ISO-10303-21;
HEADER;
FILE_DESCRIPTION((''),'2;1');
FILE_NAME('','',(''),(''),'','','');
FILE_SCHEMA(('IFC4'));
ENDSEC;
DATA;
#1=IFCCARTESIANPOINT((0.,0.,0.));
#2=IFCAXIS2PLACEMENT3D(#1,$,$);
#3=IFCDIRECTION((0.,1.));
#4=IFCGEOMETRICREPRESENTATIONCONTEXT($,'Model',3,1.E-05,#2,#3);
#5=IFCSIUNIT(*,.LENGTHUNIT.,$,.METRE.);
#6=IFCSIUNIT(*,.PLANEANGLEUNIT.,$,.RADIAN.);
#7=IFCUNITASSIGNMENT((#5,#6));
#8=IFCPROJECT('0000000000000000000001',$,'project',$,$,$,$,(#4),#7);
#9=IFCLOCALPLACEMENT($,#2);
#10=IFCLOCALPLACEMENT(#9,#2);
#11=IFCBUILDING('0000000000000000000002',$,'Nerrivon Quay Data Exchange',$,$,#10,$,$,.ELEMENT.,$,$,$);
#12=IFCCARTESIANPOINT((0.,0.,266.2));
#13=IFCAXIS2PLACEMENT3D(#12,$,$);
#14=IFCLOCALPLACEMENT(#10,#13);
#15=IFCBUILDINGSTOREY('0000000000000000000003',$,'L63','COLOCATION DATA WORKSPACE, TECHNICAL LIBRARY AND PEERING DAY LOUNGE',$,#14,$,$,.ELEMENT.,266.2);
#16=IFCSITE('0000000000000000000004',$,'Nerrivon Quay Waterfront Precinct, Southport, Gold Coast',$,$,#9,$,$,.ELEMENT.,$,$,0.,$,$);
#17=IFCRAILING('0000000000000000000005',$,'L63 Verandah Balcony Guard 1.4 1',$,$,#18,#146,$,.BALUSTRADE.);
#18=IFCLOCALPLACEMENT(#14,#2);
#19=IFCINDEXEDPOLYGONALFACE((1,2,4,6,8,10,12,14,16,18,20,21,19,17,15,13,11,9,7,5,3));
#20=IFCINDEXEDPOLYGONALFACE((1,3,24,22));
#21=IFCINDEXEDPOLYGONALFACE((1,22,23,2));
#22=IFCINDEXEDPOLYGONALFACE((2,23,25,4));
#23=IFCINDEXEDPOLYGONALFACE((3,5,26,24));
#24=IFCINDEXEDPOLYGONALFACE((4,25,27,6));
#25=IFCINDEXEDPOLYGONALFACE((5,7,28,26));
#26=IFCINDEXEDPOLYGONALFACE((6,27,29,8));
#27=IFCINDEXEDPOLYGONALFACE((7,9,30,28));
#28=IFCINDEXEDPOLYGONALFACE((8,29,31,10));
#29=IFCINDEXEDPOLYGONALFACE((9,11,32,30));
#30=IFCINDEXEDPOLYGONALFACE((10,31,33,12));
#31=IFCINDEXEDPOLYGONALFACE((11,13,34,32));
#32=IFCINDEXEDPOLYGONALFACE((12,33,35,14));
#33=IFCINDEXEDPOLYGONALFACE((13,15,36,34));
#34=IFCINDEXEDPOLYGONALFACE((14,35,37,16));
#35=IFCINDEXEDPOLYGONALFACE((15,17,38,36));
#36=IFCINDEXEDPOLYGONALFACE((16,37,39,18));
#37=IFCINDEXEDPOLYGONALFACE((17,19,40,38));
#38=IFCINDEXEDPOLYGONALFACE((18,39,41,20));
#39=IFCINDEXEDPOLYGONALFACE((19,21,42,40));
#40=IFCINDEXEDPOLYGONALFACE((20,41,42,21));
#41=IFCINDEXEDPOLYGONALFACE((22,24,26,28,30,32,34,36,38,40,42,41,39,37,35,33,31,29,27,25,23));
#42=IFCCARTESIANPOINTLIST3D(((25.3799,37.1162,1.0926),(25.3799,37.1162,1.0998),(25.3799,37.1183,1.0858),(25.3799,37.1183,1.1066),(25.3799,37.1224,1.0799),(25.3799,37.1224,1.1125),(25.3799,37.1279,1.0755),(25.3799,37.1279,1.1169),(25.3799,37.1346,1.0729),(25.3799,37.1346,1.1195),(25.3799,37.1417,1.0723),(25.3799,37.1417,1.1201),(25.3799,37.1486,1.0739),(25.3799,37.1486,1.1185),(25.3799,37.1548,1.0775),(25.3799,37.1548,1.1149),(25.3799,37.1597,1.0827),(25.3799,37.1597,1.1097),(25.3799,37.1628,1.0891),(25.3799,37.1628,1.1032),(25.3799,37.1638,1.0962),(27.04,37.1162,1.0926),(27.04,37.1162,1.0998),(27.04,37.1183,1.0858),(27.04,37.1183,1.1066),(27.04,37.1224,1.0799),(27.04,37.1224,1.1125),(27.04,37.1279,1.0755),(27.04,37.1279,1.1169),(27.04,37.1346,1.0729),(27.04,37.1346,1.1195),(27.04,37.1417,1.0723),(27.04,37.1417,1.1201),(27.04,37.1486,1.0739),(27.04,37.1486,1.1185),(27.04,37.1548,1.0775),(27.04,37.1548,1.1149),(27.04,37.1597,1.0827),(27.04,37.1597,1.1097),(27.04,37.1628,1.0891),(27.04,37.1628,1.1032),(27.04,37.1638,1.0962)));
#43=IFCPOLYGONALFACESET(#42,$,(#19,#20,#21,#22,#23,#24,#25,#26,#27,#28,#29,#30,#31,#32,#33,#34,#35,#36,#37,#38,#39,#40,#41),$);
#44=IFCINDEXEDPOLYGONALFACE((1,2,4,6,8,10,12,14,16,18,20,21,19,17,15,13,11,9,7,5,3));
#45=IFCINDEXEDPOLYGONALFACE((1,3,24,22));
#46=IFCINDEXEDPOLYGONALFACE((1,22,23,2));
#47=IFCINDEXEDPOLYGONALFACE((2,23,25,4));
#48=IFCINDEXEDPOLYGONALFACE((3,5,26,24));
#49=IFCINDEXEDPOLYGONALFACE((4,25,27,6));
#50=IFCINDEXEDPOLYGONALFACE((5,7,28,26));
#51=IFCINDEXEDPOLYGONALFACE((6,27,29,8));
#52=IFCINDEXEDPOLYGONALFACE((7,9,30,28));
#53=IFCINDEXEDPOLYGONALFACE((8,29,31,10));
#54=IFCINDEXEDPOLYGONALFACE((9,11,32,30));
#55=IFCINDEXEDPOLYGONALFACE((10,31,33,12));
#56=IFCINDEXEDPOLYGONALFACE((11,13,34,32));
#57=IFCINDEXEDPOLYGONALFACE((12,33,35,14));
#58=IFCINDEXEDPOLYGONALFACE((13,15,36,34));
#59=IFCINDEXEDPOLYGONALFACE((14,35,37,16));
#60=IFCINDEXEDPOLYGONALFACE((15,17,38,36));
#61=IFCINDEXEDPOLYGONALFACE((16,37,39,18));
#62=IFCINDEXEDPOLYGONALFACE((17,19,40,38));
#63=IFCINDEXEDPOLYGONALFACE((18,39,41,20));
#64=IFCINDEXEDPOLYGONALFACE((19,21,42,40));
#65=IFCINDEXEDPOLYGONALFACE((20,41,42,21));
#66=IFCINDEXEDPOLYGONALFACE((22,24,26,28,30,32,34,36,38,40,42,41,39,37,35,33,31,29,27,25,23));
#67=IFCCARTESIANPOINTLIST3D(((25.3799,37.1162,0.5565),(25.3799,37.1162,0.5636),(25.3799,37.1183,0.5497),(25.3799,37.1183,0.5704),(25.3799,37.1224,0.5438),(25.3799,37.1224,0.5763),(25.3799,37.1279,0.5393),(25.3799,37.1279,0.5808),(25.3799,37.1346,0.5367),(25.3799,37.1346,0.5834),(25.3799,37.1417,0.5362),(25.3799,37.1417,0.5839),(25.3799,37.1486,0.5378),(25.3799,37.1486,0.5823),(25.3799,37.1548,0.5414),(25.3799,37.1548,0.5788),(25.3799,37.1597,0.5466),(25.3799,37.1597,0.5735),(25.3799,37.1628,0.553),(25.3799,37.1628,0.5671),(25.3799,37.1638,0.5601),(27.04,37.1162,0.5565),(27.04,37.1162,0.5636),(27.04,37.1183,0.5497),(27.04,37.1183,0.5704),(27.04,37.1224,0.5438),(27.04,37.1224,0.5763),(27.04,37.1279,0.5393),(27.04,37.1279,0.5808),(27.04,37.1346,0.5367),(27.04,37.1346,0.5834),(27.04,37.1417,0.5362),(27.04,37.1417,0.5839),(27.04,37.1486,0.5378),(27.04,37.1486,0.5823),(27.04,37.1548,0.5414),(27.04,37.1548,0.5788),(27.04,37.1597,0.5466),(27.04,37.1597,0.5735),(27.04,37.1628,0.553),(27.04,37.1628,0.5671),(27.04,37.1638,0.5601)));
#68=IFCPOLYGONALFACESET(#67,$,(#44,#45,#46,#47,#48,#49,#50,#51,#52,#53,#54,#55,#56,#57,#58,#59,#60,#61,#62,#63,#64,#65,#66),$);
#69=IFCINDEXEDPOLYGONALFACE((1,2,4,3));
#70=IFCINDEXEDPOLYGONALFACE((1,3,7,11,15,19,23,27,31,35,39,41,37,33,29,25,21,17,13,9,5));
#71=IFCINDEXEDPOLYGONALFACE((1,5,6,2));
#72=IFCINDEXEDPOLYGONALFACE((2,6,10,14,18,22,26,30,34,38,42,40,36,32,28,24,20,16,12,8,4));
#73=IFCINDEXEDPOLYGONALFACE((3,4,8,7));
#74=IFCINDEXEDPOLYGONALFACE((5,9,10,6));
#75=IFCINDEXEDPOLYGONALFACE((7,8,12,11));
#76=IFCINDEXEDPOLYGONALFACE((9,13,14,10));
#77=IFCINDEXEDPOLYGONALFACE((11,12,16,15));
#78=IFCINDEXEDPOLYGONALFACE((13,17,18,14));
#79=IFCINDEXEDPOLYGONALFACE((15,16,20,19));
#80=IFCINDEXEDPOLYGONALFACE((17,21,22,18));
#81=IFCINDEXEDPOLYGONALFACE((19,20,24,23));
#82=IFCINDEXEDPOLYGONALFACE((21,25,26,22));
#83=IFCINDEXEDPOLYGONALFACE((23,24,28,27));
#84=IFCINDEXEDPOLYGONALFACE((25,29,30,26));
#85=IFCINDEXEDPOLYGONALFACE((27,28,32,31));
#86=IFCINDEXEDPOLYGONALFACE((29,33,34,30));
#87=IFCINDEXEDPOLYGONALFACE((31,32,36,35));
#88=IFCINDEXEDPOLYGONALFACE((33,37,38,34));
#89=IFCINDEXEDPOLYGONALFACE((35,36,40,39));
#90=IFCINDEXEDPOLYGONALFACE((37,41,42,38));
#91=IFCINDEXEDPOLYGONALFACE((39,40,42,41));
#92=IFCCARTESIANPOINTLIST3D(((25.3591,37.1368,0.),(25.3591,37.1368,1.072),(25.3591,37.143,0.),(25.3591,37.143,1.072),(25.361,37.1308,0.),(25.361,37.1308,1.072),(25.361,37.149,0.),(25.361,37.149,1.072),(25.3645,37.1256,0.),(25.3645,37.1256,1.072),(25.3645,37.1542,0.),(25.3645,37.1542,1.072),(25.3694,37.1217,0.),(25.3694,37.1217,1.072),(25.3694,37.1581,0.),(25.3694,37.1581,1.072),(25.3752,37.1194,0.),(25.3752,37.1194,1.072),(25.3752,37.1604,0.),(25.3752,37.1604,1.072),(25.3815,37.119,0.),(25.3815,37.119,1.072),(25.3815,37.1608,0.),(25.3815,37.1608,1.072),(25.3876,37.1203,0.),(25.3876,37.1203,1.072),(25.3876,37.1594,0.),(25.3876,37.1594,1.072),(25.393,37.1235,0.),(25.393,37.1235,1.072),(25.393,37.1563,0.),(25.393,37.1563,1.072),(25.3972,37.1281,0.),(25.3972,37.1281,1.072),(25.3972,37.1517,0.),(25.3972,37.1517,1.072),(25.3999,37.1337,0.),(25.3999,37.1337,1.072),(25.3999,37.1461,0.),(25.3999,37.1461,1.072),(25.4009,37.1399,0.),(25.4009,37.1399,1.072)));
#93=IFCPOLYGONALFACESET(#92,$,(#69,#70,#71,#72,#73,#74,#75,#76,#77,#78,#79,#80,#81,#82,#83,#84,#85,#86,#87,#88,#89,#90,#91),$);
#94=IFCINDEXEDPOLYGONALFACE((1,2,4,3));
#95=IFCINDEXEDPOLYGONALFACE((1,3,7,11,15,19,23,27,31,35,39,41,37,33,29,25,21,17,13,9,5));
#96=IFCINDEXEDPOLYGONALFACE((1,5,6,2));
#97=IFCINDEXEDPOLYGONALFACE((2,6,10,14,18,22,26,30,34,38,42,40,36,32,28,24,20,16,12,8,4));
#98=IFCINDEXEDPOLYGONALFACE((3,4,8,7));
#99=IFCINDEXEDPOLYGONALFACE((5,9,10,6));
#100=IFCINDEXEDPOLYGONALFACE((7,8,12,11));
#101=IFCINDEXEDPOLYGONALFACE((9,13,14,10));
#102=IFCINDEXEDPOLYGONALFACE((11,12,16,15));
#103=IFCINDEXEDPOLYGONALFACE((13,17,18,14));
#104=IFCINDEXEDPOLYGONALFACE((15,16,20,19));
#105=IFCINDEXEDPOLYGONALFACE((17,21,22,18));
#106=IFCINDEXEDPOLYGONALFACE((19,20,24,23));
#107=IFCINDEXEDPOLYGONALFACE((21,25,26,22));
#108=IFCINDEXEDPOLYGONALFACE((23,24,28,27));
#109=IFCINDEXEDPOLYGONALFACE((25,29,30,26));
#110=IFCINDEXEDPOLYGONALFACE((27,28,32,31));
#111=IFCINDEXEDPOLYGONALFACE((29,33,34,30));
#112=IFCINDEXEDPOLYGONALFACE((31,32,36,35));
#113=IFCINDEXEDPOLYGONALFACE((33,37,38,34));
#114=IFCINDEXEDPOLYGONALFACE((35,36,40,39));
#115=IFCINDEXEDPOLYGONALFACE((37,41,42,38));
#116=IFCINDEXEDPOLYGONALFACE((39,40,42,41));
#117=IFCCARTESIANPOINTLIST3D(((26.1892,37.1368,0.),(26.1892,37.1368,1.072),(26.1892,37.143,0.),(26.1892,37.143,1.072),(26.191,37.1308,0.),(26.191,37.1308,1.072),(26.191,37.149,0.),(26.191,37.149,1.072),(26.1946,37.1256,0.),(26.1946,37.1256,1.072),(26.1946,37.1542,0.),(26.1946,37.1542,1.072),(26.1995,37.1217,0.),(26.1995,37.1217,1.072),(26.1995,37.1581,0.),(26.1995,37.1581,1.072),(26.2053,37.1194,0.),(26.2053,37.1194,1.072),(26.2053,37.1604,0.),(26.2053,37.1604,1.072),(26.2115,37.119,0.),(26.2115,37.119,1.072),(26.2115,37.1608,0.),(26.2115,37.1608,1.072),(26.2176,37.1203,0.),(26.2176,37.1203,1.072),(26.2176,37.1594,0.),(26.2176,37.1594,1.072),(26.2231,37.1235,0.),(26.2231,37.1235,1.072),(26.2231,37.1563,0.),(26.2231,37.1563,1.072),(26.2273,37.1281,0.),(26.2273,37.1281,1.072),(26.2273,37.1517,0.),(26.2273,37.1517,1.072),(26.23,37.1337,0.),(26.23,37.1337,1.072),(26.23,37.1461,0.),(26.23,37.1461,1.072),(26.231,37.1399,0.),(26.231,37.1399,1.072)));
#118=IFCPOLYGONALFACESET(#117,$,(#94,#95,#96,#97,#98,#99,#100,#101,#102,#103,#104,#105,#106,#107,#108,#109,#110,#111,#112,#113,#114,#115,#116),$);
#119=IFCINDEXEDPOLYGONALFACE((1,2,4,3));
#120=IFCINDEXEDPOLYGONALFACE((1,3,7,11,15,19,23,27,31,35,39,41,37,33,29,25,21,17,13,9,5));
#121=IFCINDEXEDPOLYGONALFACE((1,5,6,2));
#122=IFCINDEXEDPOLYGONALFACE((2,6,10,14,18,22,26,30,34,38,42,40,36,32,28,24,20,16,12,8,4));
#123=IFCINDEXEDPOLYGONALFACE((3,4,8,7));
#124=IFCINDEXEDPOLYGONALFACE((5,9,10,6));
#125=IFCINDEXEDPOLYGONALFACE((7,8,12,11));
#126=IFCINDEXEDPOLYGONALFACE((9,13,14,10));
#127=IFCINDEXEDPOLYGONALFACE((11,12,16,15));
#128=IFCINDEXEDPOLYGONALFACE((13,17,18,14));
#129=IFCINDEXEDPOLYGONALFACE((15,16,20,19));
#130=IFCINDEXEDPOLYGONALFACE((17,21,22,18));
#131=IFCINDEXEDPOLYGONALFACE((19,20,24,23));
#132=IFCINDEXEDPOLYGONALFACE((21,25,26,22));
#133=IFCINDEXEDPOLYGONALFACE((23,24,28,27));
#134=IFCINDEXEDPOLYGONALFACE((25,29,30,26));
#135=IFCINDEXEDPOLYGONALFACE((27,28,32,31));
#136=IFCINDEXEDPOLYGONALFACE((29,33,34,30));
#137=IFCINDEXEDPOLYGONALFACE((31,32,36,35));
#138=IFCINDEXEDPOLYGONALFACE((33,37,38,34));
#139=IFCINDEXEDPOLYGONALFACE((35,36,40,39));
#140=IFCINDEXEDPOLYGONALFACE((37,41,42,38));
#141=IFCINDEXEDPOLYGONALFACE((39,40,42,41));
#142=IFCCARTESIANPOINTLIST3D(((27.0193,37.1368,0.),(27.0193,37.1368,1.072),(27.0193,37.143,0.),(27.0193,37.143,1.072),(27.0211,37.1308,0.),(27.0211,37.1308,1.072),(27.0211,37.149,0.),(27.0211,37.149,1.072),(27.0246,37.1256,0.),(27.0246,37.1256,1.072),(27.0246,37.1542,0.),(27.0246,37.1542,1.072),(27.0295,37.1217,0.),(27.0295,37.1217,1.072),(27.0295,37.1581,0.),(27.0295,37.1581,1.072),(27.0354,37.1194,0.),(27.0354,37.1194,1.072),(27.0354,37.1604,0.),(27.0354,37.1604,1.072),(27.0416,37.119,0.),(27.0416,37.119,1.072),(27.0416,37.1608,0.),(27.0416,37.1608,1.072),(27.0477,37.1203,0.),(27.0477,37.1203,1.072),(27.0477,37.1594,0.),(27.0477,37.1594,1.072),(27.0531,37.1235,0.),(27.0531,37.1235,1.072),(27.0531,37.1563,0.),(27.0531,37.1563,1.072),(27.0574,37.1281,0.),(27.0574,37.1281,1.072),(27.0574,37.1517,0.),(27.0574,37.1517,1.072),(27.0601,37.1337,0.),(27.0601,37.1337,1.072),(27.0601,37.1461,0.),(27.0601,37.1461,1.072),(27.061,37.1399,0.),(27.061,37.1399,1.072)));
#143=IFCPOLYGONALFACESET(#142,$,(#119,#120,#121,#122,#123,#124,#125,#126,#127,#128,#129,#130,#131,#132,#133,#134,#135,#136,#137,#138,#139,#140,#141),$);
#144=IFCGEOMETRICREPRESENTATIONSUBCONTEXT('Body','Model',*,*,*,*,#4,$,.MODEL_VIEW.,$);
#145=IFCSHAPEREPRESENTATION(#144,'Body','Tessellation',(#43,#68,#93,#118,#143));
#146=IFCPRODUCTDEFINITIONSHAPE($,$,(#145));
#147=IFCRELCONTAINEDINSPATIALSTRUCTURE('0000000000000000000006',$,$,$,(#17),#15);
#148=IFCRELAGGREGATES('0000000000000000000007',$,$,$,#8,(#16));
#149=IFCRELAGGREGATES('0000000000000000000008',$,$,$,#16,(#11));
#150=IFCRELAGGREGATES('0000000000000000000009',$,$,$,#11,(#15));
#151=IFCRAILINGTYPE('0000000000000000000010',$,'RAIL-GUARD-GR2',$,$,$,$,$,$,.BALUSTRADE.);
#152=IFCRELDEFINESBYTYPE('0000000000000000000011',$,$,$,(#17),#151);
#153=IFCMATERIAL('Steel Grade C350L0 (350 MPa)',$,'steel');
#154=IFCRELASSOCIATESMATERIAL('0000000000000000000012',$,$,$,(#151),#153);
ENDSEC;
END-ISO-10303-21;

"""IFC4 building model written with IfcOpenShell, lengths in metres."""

from ifc_helpers import new_model, si_unit, direction, frame, origin, origin_2d, place, context, subcontext, project, spatial, circle, extrude, material, type_object, element, save


model = new_model("IFC4")

# Units and contexts
model_context = context("Model", 3, precision=1e-05, world=origin(), true_north=direction((0.0, 1.0)))
body_context = subcontext(model_context, "Body", "Model", "MODEL_VIEW")
ifc_project = project(units=[si_unit("LENGTHUNIT", "METRE"), si_unit("PLANEANGLEUNIT", "RADIAN")], contexts=[model_context])

# Site, building, storey
site_placement = place(None, origin())
site = spatial("IfcSite", under=ifc_project, at=site_placement, Name="Nerrivon Quay Waterfront Precinct, Southport, Gold Coast", CompositionType="ELEMENT", RefElevation=0.0)
building_placement = place(site_placement, origin())
building = spatial("IfcBuilding", under=site, at=building_placement, Name="Nerrivon Quay Data Exchange", CompositionType="ELEMENT")
storey_placement = place(building_placement, frame((0.0, 0.0, 266.2)))
storey = spatial("IfcBuildingStorey", under=building, at=storey_placement, Name="L63", Description="COLOCATION DATA WORKSPACE, TECHNICAL LIBRARY AND PEERING DAY LOUNGE", CompositionType="ELEMENT", Elevation=266.2)

# Shared definitions
ifc_material_1 = material(Name="Steel Grade C350L0 (350 MPa)", Category="steel")

# Railing
railing_type = type_object("IfcRailingType", Name="RAIL-GUARD-GR2", PredefinedType="BALUSTRADE", material=ifc_material_1)
railing_1_placement = place(storey_placement, frame((25.3799, 37.1399, 0.0)))
element("IfcRailing", 1, at=railing_1_placement, inside=storey, type_object=railing_type, Name="L63 Verandah Balcony Guard 1.4 1", PredefinedType="BALUSTRADE", context=body_context, shape_type="SweptSolid", body=[
    extrude(circle(Radius=0.0239, at=origin_2d()), frame((0.0, 0.0, 1.0962), z_axis=(1.0, 0.0, 0.0), x_axis=(0.0, 1.0, 0.0)), (0.0, 0.0, 1.0), 1.6602),
    extrude(circle(Radius=0.0239, at=origin_2d()), frame((0.0, 0.0, 0.5601), z_axis=(1.0, 0.0, 0.0), x_axis=(0.0, 1.0, 0.0)), (0.0, 0.0, 1.0), 1.6602),
    extrude(circle(Radius=0.021, at=origin_2d()), origin(), (0.0, 0.0, 1.0), 1.072),
    extrude(circle(Radius=0.021, at=origin_2d()), frame((0.8301, 0.0, 0.0)), (0.0, 0.0, 1.0), 1.072),
    extrude(circle(Radius=0.021, at=origin_2d()), frame((1.6602, 0.0, 0.0)), (0.0, 0.0, 1.0), 1.072),
])

save(model, "model.ifc")
